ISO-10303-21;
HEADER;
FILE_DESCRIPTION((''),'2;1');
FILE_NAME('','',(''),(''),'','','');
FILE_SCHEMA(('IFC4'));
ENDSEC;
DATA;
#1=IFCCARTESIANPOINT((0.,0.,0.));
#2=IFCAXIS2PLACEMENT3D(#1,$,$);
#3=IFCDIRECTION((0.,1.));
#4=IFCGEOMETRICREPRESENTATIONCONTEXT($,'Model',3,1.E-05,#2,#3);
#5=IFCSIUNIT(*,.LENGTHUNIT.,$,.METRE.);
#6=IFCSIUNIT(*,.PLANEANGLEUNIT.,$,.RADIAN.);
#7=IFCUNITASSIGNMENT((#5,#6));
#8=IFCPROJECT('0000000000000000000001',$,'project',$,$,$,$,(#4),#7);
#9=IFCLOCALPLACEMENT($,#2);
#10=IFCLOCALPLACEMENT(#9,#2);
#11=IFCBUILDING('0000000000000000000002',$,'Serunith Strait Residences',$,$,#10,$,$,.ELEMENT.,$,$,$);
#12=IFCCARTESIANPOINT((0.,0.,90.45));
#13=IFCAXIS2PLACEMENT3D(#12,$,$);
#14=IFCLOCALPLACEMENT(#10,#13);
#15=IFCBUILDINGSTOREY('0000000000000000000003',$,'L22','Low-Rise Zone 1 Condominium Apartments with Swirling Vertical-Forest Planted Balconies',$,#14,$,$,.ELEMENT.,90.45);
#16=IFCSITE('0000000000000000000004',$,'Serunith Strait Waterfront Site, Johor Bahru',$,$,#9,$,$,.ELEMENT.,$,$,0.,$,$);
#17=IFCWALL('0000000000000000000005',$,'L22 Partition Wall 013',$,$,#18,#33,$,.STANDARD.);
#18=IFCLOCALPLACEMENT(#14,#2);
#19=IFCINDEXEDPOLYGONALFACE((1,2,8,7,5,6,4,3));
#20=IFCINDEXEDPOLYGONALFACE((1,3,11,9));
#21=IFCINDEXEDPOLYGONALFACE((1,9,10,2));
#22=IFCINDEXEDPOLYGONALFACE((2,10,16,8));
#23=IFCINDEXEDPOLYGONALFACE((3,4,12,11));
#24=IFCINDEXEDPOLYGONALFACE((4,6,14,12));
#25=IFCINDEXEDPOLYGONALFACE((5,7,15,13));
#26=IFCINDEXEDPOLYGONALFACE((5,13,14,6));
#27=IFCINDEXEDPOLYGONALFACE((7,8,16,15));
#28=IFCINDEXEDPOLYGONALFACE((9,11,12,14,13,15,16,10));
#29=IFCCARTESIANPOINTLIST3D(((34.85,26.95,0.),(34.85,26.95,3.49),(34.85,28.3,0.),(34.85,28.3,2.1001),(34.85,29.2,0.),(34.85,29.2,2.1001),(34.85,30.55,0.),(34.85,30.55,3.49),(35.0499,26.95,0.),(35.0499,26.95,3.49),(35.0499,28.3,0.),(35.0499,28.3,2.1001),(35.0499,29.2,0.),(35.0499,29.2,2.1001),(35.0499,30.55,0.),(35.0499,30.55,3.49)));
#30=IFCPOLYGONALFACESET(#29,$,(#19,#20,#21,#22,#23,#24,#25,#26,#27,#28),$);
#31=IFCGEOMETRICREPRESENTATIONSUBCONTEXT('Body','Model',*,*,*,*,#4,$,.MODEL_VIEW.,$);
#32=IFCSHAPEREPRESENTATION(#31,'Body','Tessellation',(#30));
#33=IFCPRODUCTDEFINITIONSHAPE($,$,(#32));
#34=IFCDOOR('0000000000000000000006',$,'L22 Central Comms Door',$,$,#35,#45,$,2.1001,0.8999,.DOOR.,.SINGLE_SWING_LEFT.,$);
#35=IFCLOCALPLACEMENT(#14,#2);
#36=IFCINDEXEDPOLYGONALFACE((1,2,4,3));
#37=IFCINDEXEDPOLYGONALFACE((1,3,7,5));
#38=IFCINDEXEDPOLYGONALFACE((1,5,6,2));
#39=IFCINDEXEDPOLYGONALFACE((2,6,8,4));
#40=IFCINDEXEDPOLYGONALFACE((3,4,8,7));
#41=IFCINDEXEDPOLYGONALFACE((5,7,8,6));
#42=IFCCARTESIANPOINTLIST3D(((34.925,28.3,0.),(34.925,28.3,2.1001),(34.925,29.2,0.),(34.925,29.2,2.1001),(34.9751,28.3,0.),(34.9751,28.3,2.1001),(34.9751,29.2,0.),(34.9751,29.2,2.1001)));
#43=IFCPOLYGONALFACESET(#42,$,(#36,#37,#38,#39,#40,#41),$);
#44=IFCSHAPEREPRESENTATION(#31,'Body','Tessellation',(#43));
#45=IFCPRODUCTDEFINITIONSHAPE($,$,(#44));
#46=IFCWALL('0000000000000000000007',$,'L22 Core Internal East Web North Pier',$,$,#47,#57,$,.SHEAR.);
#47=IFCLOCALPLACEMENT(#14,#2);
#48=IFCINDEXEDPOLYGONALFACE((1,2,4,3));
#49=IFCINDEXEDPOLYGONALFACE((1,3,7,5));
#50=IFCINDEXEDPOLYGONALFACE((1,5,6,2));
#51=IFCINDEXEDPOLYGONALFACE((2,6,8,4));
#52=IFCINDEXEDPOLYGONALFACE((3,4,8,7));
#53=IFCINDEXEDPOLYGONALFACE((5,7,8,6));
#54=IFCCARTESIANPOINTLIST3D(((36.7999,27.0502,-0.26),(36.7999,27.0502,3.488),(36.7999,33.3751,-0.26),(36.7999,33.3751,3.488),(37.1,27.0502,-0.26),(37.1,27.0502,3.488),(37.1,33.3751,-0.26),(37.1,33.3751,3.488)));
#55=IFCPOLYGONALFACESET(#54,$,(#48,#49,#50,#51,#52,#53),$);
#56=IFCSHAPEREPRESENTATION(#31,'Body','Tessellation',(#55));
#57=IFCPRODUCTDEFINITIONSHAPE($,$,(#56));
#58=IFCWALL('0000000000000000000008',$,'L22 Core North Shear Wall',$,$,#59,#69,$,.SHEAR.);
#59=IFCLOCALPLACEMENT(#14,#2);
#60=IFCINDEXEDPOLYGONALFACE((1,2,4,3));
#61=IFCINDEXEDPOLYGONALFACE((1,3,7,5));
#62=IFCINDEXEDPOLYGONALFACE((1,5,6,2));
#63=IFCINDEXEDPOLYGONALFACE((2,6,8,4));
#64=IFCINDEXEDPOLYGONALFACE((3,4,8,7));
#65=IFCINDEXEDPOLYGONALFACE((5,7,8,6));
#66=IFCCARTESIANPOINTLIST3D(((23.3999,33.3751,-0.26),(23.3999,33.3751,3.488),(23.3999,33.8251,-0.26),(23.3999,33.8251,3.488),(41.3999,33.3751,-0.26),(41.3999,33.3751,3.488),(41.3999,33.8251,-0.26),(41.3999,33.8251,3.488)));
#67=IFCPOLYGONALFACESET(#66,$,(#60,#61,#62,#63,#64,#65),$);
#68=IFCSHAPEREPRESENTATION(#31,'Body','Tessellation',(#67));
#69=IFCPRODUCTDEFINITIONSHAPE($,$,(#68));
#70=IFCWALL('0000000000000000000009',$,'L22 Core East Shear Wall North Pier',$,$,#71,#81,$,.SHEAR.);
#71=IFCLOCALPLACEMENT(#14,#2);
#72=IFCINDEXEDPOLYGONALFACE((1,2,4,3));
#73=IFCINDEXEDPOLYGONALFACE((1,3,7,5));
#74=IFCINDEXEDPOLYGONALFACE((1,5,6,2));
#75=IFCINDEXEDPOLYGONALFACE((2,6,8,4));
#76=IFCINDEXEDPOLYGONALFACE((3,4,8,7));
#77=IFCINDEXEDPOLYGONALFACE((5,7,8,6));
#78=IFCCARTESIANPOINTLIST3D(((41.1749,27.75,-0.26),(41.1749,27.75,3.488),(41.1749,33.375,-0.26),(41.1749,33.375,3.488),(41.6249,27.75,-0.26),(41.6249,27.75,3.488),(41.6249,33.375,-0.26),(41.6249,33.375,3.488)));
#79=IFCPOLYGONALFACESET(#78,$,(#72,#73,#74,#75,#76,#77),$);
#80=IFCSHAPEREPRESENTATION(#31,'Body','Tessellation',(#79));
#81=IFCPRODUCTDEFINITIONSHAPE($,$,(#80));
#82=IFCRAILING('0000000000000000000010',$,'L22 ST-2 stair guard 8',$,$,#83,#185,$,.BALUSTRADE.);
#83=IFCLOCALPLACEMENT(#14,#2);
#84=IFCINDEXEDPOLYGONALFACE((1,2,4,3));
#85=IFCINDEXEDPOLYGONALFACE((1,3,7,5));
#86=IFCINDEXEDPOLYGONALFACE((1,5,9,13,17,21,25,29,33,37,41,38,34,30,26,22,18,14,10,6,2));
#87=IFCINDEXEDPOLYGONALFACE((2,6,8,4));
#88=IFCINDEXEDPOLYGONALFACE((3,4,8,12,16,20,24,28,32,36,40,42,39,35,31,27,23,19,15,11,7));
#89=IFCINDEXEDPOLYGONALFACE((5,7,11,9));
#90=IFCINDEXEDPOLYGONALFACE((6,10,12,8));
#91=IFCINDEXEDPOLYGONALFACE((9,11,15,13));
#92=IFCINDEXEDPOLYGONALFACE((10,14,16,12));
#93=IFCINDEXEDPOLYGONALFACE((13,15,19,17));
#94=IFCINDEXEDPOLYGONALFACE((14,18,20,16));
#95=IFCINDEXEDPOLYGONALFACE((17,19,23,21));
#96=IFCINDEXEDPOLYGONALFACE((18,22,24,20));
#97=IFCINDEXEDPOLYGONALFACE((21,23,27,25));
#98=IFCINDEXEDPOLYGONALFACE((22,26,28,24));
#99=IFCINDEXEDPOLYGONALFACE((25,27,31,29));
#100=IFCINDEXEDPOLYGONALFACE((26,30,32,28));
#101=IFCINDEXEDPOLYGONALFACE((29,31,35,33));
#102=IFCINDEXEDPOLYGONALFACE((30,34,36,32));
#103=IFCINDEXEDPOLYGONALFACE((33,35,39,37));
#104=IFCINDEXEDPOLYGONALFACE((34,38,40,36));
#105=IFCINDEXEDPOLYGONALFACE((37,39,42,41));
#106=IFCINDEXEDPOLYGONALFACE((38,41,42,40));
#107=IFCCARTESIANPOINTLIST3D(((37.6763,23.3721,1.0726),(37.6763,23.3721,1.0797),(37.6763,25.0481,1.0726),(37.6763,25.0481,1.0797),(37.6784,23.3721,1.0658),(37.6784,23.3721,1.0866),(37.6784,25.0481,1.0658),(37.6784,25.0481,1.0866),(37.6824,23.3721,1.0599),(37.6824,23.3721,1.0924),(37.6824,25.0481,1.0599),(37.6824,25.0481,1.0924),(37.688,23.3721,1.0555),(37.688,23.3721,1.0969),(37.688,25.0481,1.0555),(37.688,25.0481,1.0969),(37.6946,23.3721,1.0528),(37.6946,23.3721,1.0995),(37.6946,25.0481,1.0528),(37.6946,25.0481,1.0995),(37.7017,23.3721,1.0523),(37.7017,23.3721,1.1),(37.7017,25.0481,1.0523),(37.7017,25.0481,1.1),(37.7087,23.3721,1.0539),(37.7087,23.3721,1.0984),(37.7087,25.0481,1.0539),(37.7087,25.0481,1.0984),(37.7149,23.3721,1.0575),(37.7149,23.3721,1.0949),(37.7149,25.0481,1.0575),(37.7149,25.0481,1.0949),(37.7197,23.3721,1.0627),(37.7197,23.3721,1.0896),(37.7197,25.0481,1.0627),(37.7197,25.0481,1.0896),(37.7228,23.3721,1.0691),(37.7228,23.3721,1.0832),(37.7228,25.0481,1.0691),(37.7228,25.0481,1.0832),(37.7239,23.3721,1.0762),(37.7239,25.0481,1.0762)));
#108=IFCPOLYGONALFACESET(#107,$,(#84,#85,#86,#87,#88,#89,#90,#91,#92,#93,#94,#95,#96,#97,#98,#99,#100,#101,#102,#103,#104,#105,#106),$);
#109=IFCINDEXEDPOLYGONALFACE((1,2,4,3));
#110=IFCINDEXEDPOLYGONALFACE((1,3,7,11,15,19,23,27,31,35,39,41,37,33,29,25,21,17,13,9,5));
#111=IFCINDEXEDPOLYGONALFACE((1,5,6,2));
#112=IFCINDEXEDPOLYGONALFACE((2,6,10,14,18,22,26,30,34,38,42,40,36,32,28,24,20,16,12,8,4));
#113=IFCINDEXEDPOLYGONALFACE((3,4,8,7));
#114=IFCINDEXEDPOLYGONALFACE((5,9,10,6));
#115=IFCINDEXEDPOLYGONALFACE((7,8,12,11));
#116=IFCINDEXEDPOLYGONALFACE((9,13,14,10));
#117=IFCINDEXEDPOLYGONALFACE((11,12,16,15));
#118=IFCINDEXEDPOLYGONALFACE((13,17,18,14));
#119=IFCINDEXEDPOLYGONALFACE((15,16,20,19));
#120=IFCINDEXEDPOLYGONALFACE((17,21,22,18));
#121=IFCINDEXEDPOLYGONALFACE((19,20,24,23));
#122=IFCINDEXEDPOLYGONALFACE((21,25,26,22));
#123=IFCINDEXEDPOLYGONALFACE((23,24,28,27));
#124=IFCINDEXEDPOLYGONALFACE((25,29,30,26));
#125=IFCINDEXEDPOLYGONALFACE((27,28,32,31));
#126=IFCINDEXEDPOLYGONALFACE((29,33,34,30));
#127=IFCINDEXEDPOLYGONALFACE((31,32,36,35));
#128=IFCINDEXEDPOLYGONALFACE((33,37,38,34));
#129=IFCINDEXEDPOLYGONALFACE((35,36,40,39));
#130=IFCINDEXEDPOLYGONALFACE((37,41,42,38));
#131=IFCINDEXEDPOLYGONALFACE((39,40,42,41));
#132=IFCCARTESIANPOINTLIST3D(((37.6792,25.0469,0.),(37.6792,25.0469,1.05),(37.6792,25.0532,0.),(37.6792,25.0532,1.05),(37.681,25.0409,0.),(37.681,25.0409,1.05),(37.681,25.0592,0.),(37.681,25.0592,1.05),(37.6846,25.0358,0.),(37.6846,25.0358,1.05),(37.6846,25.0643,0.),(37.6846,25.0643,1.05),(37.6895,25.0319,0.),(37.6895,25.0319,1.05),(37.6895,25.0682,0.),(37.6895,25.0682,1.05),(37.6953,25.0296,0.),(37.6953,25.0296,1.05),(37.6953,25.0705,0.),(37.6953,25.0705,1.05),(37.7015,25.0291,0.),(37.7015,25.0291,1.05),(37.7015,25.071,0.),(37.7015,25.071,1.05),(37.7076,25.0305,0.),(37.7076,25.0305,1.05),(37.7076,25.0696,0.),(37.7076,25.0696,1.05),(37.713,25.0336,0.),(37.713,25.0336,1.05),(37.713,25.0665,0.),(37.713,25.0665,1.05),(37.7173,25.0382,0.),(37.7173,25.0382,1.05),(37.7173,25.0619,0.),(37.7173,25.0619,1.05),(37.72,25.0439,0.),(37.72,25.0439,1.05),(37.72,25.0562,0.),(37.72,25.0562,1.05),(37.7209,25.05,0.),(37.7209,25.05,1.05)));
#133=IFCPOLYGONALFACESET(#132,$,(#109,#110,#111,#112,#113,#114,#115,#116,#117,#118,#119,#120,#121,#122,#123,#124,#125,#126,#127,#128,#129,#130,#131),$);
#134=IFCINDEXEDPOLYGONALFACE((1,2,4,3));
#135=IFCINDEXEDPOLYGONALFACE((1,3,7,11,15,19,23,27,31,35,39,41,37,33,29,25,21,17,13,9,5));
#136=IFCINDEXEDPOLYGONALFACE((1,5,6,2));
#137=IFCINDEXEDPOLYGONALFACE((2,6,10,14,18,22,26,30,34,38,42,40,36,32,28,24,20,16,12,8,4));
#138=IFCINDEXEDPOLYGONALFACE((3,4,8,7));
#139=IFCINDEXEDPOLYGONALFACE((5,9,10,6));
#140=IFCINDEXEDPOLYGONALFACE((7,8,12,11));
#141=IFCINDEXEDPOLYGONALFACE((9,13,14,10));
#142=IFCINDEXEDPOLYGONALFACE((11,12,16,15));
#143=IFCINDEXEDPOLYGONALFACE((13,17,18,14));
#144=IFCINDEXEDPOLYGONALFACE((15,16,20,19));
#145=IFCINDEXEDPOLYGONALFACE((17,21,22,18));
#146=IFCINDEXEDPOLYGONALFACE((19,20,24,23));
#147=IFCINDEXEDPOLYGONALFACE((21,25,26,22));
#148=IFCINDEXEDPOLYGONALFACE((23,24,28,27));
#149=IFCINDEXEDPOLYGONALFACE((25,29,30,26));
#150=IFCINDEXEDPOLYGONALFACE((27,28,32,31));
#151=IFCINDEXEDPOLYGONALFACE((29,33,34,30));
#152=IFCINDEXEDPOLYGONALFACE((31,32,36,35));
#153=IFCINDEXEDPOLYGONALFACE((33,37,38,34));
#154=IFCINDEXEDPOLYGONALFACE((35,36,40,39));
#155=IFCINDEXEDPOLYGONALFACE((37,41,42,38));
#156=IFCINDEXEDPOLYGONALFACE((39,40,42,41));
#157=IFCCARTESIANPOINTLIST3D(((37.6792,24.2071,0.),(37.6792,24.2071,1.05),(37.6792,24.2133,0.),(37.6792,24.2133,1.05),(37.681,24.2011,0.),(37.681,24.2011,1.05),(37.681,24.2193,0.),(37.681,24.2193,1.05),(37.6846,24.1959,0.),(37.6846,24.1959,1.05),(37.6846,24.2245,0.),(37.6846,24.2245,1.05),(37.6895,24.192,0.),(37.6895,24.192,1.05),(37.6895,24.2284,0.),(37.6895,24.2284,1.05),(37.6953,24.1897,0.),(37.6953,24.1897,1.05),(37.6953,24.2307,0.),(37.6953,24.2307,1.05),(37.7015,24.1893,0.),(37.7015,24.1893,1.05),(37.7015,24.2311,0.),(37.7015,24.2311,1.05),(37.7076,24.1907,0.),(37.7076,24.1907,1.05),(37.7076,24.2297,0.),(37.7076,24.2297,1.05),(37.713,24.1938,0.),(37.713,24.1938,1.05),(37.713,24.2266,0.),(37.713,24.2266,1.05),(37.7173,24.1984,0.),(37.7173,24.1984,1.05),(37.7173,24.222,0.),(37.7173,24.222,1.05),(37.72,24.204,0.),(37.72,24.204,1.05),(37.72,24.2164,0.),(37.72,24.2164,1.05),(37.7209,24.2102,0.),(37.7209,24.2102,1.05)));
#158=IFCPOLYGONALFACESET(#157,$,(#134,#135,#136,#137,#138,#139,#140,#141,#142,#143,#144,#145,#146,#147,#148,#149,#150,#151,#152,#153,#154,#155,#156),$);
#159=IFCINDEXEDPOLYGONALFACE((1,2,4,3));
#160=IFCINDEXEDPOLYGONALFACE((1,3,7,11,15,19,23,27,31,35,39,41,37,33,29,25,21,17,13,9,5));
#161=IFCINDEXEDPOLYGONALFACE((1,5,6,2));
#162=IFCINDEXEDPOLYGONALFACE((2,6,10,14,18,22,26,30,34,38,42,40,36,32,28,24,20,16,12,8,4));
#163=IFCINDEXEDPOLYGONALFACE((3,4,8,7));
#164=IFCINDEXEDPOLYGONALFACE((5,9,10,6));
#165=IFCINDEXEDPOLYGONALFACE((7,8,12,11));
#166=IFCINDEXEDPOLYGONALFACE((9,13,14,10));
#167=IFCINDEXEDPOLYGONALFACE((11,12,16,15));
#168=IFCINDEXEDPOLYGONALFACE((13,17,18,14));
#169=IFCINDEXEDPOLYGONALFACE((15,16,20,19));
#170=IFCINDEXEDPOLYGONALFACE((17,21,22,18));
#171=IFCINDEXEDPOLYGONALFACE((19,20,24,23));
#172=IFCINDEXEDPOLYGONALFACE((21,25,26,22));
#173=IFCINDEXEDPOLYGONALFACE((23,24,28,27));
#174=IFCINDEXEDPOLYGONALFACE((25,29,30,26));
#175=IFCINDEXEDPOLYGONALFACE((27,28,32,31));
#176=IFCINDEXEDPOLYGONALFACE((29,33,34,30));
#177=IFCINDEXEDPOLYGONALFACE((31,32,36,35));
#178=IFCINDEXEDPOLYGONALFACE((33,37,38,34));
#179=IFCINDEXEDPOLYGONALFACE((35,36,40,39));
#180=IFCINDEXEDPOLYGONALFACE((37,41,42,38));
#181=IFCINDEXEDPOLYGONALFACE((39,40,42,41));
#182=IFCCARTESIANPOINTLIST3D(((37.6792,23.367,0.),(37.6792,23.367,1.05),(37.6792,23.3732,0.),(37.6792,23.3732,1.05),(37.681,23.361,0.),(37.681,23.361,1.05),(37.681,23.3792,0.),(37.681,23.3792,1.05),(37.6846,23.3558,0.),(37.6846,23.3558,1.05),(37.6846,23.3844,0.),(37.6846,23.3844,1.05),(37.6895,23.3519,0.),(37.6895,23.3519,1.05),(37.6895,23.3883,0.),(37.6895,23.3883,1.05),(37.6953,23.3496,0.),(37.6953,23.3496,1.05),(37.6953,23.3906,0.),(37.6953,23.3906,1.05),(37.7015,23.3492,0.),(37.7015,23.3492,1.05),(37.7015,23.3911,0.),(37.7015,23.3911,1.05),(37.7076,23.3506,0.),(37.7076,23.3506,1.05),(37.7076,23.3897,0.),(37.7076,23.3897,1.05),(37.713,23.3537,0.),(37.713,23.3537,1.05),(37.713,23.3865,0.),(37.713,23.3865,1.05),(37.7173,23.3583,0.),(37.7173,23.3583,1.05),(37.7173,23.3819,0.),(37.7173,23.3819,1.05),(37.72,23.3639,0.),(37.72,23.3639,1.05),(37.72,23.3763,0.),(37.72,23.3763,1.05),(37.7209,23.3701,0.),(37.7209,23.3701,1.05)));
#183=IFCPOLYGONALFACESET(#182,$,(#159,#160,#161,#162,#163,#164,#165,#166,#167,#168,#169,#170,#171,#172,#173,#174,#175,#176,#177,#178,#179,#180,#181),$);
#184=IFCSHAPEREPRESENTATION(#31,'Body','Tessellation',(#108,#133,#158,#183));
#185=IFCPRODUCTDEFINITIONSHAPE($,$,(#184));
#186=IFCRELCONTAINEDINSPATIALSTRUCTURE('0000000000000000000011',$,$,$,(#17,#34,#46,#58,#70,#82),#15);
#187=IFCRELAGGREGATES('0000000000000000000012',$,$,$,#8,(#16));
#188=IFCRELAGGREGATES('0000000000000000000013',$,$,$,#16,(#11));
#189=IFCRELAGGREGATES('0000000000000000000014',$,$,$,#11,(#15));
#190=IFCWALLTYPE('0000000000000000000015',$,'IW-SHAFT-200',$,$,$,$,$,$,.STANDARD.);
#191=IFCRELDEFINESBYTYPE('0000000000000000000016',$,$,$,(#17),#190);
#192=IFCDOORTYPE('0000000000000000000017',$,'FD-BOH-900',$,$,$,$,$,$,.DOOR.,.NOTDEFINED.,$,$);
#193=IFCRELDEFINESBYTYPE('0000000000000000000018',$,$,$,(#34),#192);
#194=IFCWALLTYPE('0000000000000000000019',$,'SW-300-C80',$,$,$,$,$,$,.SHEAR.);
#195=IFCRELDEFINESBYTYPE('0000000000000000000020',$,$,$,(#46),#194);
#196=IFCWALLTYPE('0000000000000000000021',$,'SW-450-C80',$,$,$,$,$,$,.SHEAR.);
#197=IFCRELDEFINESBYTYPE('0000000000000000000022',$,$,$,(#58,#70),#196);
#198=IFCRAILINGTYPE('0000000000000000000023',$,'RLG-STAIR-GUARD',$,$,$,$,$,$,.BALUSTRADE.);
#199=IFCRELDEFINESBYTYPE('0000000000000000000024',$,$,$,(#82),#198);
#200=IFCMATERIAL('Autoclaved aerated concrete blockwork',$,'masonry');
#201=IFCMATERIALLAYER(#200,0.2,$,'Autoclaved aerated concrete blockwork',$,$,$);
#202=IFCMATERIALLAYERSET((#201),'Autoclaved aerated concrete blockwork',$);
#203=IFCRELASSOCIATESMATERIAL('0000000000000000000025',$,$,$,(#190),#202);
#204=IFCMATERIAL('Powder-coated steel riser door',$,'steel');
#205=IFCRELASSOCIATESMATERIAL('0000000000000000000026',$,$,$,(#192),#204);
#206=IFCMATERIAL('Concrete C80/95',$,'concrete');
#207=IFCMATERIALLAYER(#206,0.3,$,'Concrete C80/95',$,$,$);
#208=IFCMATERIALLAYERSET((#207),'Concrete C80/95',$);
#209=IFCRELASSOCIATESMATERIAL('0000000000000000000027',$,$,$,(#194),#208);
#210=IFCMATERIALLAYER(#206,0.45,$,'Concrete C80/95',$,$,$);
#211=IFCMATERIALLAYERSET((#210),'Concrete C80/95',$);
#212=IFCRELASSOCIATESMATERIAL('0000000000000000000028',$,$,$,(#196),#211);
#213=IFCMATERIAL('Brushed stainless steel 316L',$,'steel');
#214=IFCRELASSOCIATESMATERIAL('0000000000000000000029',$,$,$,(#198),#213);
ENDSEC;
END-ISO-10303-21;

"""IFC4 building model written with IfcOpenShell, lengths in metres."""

from ifc_helpers import new_model, si_unit, direction, frame, frame_2d, origin, origin_2d, place, context, subcontext, project, spatial, rectangle, circle, extrude, source, transform, mapped, material, layer, layer_set, type_object, element, fill, save


model = new_model("IFC4")

# Units and contexts
model_context = context("Model", 3, precision=1e-05, world=origin(), true_north=direction((0.0, 1.0)))
body_context = subcontext(model_context, "Body", "Model", "MODEL_VIEW")
ifc_project = project(units=[si_unit("LENGTHUNIT", "METRE"), si_unit("PLANEANGLEUNIT", "RADIAN")], contexts=[model_context])

# Site, building, storey
site_placement = place(None, origin())
site = spatial("IfcSite", under=ifc_project, at=site_placement, Name="Serunith Strait Waterfront Site, Johor Bahru", CompositionType="ELEMENT", RefElevation=0.0)
building_placement = place(site_placement, origin())
building = spatial("IfcBuilding", under=site, at=building_placement, Name="Serunith Strait Residences", CompositionType="ELEMENT")
storey_placement = place(building_placement, frame((0.0, 0.0, 90.45)))
storey = spatial("IfcBuildingStorey", under=building, at=storey_placement, Name="L22", Description="Low-Rise Zone 1 Condominium Apartments with Swirling Vertical-Forest Planted Balconies", CompositionType="ELEMENT", Elevation=90.45)

# Shared definitions
ifc_material_1 = material(Name="Autoclaved aerated concrete blockwork", Category="masonry")
ifc_layer_1 = layer(ifc_material_1, 0.2, Name="Autoclaved aerated concrete blockwork")
ifc_layer_set_1 = layer_set([ifc_layer_1], Name="Autoclaved aerated concrete blockwork")
wall_type_1 = type_object("IfcWallType", Name="IW-SHAFT-200", PredefinedType="STANDARD", material=ifc_layer_set_1)

# Wall, opening, door
wall_1_placement = place(storey_placement, frame((34.95, 26.95, 0.0), z_axis=(0.0, 0.0, 1.0), x_axis=(0.0, 1.0, 0.0)))
wall_1 = element("IfcWall", 1, at=wall_1_placement, inside=storey, type_object=wall_type_1, Name="L22 Partition Wall 013", PredefinedType="STANDARD", context=body_context, shape_type="SweptSolid", body=[
    extrude(rectangle(XDim=3.6001, YDim=0.2, at=frame_2d((1.8, 0.0))), origin(), (0.0, 0.0, 1.0), 3.49),
])
opening_1_placement = place(wall_1_placement, frame((1.3501, 0.0, 0.0)))
opening_1 = element("IfcOpeningElement", 2, at=opening_1_placement, cuts=wall_1, PredefinedType="OPENING", context=body_context, shape_type="SweptSolid", body=[
    extrude(rectangle(XDim=0.8999, YDim=2.1001, at=frame_2d((0.45, 1.05))), frame((0.0, 0.1099, 0.0), z_axis=(0.0, -1.0, 0.0), x_axis=(1.0, 0.0, 0.0)), (0.0, 0.0, 1.0), 0.22),
])
ifc_material_2 = material(Name="Powder-coated steel riser door", Category="steel")
door_type_1 = type_object("IfcDoorType", Name="FD-BOH-900", OperationType="NOTDEFINED", PredefinedType="DOOR", material=ifc_material_2)
shared_shape_1 = source(origin(), body_context, "Body", "SweptSolid", [
    extrude(rectangle(XDim=0.8999, YDim=2.1001, at=frame_2d((0.45, 1.05))), frame((0.0, 0.0249, 0.0), z_axis=(0.0, -1.0, 0.0), x_axis=(1.0, 0.0, 0.0)), (0.0, 0.0, 1.0), 0.05),
])
door_1_placement = place(opening_1_placement, origin())
door_1 = element("IfcDoor", 3, at=door_1_placement, inside=storey, type_object=door_type_1, Name="L22 Central Comms Door", OperationType="SINGLE_SWING_LEFT", OverallHeight=2.1001, OverallWidth=0.8999, PredefinedType="DOOR", context=body_context, shape_type="MappedRepresentation", body=[
    mapped(shared_shape_1, transform((0.0, 0.0, 0.0), scale=1.0)),
])
fill(opening_1, door_1)

# Walls
ifc_material_3 = material(Name="Concrete C80/95", Category="concrete")
ifc_layer_2 = layer(ifc_material_3, 0.3, Name="Concrete C80/95")
ifc_layer_set_2 = layer_set([ifc_layer_2], Name="Concrete C80/95")
wall_type_2 = type_object("IfcWallType", Name="SW-300-C80", PredefinedType="SHEAR", material=ifc_layer_set_2)
wall_2_placement = place(storey_placement, frame((36.95, 27.05, -0.26), z_axis=(0.0, 0.0, 1.0), x_axis=(0.0, 1.0, 0.0)))
element("IfcWall", 4, at=wall_2_placement, inside=storey, type_object=wall_type_2, Name="L22 Core Internal East Web North Pier", PredefinedType="SHEAR", context=body_context, shape_type="SweptSolid", body=[
    extrude(rectangle(XDim=6.325, YDim=0.3, at=frame_2d((3.1626, 0.0))), origin(), (0.0, 0.0, 1.0), 3.748),
])
ifc_layer_3 = layer(ifc_material_3, 0.45, Name="Concrete C80/95")
ifc_layer_set_3 = layer_set([ifc_layer_3], Name="Concrete C80/95")
wall_type_3 = type_object("IfcWallType", Name="SW-450-C80", PredefinedType="SHEAR", material=ifc_layer_set_3)
wall_3_placement = place(storey_placement, frame((41.3999, 33.6001, -0.26), z_axis=(0.0, 0.0, 1.0), x_axis=(-1.0, 0.0, 0.0)))
element("IfcWall", 5, at=wall_3_placement, inside=storey, type_object=wall_type_3, Name="L22 Core North Shear Wall", PredefinedType="SHEAR", context=body_context, shape_type="SweptSolid", body=[
    extrude(rectangle(XDim=18.0, YDim=0.45, at=frame_2d((9.0, 0.0))), origin(), (0.0, 0.0, 1.0), 3.748),
])
wall_4_placement = place(storey_placement, frame((41.3999, 27.75, -0.26), z_axis=(0.0, 0.0, 1.0), x_axis=(0.0, 1.0, 0.0)))
element("IfcWall", 6, at=wall_4_placement, inside=storey, type_object=wall_type_3, Name="L22 Core East Shear Wall North Pier", PredefinedType="SHEAR", context=body_context, shape_type="SweptSolid", body=[
    extrude(rectangle(XDim=5.625, YDim=0.45, at=frame_2d((2.8125, 0.0))), origin(), (0.0, 0.0, 1.0), 3.748),
])

# Railing
ifc_material_4 = material(Name="Brushed stainless steel 316L", Category="steel")
railing_type = type_object("IfcRailingType", Name="RLG-STAIR-GUARD", PredefinedType="BALUSTRADE", material=ifc_material_4)
for number, where, name in (
    (7, (37.7, 25.05, 0.0), "L22 ST-2 stair guard 8"),
):
    element("IfcRailing", number, at=place(storey_placement, frame(where)), inside=storey, type_object=railing_type, Name=name, PredefinedType="BALUSTRADE", context=body_context, shape_type="SweptSolid", body=[
        extrude(circle(Radius=0.0239, at=origin_2d()), frame((0.0, -0.002, 1.0762), z_axis=(0.0, -1.0, 0.0), x_axis=(1.0, 0.0, 0.0)), (0.0, 0.0, 1.0), 1.676),
        extrude(circle(Radius=0.021, at=origin_2d()), origin(), (0.0, 0.0, 1.0), 1.05),
        extrude(circle(Radius=0.021, at=origin_2d()), frame((0.0, -0.8398, 0.0)), (0.0, 0.0, 1.0), 1.05),
        extrude(circle(Radius=0.021, at=origin_2d()), frame((0.0, -1.6799, 0.0)), (0.0, 0.0, 1.0), 1.05),
    ])

save(model, "model.ifc")
